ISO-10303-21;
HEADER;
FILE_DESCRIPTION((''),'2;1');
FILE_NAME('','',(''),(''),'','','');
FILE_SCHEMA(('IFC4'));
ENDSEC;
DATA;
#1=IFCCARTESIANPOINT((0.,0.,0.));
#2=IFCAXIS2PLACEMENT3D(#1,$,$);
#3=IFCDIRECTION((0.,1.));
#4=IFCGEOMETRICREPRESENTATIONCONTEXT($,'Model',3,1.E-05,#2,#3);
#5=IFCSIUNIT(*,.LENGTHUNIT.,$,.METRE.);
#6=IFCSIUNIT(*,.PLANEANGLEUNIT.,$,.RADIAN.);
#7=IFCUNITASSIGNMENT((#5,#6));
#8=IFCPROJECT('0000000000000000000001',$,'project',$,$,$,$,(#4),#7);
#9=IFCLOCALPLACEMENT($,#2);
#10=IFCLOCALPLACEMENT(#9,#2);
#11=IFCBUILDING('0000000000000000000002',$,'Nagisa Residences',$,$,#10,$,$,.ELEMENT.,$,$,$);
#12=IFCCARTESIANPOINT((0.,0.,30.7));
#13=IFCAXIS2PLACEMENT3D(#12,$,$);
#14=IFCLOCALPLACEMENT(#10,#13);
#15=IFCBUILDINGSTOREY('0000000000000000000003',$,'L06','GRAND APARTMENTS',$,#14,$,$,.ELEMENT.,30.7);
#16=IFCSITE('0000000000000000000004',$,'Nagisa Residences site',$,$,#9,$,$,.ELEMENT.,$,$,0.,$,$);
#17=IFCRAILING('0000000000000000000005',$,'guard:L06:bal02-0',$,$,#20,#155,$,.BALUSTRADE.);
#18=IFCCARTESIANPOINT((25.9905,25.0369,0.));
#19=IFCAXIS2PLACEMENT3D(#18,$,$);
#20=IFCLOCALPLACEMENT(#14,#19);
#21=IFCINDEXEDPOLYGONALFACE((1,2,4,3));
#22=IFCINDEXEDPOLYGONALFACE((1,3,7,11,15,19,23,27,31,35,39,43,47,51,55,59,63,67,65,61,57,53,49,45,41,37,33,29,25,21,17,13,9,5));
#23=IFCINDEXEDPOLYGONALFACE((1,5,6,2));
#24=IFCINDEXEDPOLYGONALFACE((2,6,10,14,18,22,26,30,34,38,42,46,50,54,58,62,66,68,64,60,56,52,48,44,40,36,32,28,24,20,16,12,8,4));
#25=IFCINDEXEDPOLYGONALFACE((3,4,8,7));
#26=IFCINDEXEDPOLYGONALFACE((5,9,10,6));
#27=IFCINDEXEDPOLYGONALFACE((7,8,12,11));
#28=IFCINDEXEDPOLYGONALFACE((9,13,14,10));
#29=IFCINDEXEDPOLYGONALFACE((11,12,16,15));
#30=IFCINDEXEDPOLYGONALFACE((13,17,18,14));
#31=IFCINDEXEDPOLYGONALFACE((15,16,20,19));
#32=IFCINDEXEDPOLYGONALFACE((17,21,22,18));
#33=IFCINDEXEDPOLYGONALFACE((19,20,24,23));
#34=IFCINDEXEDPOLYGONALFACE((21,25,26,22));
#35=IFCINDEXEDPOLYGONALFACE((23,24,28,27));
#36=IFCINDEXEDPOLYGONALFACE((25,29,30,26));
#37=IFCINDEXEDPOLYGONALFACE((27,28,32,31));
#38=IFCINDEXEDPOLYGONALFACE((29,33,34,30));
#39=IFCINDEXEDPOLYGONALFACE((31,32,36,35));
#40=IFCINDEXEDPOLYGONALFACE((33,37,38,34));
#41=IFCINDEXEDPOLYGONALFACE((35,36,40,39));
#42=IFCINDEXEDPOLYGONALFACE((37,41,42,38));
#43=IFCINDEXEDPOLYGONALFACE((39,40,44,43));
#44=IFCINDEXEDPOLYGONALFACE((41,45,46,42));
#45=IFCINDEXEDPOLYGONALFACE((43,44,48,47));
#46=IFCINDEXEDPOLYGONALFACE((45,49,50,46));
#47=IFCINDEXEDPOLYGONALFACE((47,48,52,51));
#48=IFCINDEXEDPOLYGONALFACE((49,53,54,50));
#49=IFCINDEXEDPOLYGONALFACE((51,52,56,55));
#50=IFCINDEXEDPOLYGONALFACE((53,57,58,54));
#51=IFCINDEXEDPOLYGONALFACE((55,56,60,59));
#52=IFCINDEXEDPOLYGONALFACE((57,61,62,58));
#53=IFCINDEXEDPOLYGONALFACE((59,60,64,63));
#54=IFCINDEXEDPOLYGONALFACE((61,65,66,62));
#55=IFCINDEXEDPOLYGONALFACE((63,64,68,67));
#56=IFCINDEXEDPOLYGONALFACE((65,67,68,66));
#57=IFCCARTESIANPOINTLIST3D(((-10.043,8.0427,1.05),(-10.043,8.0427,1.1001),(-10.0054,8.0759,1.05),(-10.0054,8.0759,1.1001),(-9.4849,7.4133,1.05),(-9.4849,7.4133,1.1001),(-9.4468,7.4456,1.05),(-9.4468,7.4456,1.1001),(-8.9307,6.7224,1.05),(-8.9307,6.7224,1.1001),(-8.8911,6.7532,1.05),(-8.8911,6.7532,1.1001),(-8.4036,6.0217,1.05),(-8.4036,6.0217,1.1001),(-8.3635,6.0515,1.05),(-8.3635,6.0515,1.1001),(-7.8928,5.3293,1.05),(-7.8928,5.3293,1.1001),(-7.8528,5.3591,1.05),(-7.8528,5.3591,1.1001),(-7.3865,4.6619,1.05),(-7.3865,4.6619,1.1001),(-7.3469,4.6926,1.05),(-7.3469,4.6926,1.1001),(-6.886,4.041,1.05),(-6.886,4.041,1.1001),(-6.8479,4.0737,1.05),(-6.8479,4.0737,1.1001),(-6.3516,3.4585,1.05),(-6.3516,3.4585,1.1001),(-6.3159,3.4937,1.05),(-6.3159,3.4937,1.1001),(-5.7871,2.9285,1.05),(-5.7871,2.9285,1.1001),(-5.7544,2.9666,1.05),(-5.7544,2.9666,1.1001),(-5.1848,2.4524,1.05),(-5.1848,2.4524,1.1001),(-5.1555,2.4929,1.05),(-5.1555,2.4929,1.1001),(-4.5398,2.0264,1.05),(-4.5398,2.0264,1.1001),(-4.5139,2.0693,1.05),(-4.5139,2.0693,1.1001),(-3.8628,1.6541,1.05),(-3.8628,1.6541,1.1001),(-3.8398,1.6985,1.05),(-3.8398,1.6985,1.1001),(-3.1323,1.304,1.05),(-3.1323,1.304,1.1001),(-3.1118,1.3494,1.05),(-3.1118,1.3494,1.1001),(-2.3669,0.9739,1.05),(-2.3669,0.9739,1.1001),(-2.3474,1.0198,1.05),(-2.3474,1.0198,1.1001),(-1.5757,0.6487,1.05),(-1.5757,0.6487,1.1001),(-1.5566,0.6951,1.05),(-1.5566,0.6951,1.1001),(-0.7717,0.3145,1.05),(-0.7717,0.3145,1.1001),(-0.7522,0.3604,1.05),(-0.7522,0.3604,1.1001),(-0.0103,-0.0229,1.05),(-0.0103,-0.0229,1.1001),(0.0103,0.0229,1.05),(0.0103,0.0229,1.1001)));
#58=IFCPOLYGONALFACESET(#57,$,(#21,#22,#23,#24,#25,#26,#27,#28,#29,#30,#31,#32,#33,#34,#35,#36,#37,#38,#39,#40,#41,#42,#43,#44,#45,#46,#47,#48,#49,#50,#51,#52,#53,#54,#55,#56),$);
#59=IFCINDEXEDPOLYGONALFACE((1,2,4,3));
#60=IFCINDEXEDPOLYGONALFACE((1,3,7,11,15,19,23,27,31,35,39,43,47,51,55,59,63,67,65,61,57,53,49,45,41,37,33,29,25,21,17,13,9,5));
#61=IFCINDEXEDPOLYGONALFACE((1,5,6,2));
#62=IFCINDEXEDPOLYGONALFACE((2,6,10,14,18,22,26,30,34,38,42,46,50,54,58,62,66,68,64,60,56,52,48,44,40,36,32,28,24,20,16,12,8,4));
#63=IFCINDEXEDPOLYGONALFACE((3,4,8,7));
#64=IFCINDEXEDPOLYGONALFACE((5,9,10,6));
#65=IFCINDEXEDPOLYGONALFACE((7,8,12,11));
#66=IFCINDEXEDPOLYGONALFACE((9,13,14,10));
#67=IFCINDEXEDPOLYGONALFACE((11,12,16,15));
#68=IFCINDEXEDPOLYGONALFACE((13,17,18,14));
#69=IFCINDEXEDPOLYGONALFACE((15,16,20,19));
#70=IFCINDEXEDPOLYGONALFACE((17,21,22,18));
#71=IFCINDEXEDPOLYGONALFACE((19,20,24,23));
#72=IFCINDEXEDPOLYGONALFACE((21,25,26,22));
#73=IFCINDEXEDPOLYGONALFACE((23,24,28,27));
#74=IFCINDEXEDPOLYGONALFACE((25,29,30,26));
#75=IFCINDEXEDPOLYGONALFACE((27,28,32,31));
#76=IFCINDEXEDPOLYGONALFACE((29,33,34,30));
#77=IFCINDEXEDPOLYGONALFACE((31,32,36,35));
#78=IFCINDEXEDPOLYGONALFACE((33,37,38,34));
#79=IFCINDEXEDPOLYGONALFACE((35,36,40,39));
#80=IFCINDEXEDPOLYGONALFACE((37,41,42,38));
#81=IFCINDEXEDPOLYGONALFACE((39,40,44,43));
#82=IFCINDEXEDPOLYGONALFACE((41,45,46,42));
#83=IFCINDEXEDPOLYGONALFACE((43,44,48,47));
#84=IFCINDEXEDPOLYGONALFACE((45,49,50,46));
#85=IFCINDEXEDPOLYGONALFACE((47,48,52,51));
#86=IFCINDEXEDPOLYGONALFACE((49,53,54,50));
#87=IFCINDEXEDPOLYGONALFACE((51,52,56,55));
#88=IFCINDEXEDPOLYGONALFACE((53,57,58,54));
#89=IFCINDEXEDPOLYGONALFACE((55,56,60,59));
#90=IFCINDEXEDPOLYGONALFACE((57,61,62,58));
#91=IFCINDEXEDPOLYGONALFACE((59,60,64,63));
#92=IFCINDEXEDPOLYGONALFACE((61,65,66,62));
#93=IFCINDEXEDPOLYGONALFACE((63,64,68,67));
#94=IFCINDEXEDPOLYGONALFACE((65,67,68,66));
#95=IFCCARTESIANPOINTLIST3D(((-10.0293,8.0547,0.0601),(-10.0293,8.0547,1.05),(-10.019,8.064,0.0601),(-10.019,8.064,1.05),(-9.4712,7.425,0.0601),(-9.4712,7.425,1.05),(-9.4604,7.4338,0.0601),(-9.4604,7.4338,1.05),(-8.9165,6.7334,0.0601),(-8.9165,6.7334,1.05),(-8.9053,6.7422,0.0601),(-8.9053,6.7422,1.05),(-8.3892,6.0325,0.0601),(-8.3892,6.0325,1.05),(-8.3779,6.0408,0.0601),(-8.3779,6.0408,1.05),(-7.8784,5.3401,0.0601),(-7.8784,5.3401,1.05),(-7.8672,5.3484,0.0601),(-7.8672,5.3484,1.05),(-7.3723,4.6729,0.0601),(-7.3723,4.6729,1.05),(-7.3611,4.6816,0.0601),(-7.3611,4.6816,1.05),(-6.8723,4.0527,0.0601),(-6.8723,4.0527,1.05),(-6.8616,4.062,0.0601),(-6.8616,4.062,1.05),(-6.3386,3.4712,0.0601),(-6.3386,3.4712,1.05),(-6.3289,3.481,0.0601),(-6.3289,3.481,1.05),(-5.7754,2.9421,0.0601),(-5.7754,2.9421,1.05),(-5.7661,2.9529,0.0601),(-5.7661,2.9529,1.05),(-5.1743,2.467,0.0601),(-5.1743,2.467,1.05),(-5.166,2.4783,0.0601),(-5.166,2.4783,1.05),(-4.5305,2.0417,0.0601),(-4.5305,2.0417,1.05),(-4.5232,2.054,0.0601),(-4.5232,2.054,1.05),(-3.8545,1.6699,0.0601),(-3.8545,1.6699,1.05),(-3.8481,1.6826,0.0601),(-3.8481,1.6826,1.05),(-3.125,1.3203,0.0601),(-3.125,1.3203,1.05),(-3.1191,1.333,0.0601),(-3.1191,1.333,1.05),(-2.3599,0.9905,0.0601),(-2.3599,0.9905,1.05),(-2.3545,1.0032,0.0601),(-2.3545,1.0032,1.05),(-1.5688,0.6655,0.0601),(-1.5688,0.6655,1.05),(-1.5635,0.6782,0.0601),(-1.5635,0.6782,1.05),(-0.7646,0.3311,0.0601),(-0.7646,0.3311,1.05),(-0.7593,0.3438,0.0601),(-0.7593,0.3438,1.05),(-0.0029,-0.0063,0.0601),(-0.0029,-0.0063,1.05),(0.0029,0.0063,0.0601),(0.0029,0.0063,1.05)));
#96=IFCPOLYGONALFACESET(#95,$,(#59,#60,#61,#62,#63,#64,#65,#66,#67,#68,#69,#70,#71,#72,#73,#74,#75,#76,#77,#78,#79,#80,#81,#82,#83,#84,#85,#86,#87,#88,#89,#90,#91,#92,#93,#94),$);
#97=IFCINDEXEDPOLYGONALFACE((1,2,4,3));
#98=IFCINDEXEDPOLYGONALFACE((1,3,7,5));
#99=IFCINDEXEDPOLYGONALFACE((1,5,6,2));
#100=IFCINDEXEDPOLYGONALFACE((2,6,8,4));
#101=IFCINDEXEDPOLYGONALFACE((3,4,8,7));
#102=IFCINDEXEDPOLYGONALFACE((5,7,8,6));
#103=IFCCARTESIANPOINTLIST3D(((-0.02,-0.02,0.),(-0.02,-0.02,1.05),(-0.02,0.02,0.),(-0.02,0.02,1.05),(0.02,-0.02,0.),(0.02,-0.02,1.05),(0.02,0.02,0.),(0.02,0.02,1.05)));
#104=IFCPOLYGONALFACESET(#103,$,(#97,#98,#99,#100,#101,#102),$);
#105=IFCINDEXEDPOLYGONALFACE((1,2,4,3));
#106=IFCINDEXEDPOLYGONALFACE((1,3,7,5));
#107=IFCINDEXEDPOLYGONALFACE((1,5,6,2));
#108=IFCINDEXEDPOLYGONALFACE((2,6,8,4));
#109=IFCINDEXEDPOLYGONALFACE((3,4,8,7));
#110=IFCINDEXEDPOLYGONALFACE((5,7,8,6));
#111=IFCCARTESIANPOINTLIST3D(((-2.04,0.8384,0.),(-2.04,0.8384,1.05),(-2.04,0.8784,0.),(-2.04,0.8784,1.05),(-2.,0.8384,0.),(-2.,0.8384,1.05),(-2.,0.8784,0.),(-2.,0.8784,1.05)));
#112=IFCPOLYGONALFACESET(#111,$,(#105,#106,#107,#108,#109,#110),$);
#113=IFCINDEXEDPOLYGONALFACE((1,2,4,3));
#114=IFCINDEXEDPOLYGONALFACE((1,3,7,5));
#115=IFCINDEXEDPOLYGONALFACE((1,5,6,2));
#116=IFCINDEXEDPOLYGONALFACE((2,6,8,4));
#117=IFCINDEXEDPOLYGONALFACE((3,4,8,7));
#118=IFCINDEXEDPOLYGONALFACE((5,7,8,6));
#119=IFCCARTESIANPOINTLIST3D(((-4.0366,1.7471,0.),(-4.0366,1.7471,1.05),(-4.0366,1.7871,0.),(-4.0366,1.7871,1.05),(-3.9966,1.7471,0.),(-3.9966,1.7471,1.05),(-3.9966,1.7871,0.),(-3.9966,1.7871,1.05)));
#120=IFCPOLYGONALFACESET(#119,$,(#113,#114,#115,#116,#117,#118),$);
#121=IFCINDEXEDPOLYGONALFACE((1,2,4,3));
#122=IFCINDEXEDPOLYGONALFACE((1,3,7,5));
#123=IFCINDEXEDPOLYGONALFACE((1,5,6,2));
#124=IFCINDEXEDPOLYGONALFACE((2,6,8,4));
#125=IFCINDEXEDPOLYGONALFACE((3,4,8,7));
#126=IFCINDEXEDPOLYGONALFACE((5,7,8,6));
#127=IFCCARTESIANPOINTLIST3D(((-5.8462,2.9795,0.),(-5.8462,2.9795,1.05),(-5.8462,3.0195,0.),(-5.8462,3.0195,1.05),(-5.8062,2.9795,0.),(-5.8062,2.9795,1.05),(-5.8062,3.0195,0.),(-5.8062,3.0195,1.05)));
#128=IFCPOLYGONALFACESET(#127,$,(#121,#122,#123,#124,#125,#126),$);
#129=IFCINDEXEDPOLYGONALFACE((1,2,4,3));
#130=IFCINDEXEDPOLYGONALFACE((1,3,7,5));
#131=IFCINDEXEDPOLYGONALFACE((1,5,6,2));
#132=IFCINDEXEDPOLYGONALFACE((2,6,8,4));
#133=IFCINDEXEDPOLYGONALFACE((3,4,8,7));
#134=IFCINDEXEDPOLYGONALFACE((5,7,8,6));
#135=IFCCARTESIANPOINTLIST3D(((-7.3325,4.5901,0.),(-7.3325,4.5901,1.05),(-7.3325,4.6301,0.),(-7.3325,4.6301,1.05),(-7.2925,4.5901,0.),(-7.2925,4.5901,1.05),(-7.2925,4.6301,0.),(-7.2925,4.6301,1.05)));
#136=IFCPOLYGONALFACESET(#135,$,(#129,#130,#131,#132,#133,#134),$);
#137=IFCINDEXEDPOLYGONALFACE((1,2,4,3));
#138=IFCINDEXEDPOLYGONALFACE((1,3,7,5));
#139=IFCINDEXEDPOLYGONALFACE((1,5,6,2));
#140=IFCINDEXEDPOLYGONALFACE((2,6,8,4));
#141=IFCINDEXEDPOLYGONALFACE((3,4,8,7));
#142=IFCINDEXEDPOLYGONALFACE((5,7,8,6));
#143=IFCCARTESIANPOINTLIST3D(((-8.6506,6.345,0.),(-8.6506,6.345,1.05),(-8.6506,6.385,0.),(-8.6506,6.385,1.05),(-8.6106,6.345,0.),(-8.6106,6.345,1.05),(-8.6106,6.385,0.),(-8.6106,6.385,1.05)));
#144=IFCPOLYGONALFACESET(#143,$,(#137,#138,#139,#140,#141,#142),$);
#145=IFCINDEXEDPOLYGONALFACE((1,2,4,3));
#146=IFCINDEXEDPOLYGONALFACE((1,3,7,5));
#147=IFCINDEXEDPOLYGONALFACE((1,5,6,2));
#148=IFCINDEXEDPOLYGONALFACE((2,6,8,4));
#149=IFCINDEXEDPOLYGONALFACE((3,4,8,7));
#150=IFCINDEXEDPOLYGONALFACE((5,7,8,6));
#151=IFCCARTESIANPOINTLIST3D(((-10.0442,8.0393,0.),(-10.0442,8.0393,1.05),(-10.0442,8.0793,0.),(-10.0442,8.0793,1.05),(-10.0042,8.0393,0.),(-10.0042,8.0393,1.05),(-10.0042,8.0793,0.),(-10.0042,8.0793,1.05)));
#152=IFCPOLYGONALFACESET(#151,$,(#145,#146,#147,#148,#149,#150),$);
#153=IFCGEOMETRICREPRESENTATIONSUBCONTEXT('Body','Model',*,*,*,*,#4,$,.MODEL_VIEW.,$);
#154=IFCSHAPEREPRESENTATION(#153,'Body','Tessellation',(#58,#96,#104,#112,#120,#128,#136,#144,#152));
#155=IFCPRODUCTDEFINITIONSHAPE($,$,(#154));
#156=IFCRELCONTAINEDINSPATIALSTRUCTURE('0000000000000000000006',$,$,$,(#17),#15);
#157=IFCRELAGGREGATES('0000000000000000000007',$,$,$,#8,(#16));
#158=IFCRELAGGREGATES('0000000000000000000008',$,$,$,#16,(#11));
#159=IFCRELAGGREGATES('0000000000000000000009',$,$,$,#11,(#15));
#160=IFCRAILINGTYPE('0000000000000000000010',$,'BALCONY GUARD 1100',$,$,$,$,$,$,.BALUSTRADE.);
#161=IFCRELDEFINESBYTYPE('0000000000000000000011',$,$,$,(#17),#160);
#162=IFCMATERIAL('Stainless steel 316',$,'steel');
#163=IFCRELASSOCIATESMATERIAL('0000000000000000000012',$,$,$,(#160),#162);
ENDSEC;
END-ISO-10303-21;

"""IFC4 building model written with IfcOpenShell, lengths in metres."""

from ifc_helpers import new_model, si_unit, direction, frame, origin, origin_2d, place, context, subcontext, project, spatial, polyline, rectangle, outline, extrude, material, type_object, element, save


model = new_model("IFC4")

# Units and contexts
model_context = context("Model", 3, precision=1e-05, world=origin(), true_north=direction((0.0, 1.0)))
body_context = subcontext(model_context, "Body", "Model", "MODEL_VIEW")
ifc_project = project(units=[si_unit("LENGTHUNIT", "METRE"), si_unit("PLANEANGLEUNIT", "RADIAN")], contexts=[model_context])

# Site, building, storey
site_placement = place(None, origin())
site = spatial("IfcSite", under=ifc_project, at=site_placement, Name="Nagisa Residences site", CompositionType="ELEMENT", RefElevation=0.0)
building_placement = place(site_placement, origin())
building = spatial("IfcBuilding", under=site, at=building_placement, Name="Nagisa Residences", CompositionType="ELEMENT")
storey_placement = place(building_placement, frame((0.0, 0.0, 30.7)))
storey = spatial("IfcBuildingStorey", under=building, at=storey_placement, Name="L06", Description="GRAND APARTMENTS", CompositionType="ELEMENT", Elevation=30.7)

# Railing
ifc_material_1 = material(Name="Stainless steel 316", Category="steel")
railing_type = type_object("IfcRailingType", Name="BALCONY GUARD 1100", PredefinedType="BALUSTRADE", material=ifc_material_1)
railing_1_placement = place(storey_placement, frame((25.9905, 25.0369, 0.0)))
element("IfcRailing", 1, at=railing_1_placement, inside=storey, type_object=railing_type, Name="guard:L06:bal02-0", PredefinedType="BALUSTRADE", context=body_context, shape_type="SweptSolid", body=[
    extrude(outline(polyline([(-0.7717, 0.3145), (-0.0103, -0.0229), (0.0103, 0.0229), (-0.7522, 0.3604), (-1.5566, 0.6951), (-2.3474, 1.0198), (-3.1118, 1.3494), (-3.8398, 1.6985), (-4.5139, 2.0693), (-5.1555, 2.4929), (-5.7544, 2.9666), (-6.3159, 3.4937), (-6.8479, 4.0737), (-7.3469, 4.6926), (-7.8528, 5.3591), (-8.3635, 6.0515), (-8.8911, 6.7532), (-9.4468, 7.4456), (-10.0054, 8.0759), (-10.043, 8.0427), (-9.4849, 7.4133), (-8.9307, 6.7224), (-8.4036, 6.0217), (-7.8928, 5.3293), (-7.3865, 4.6619), (-6.886, 4.041), (-6.3516, 3.4585), (-5.7871, 2.9285), (-5.1848, 2.4524), (-4.5398, 2.0264), (-3.8628, 1.6541), (-3.1323, 1.304), (-2.3669, 0.9739), (-1.5757, 0.6487), (-0.7717, 0.3145)])), frame((0.0, 0.0, 1.05)), (0.0, 0.0, 1.0), 0.05),
    extrude(outline(polyline([(-0.7646, 0.3311), (-0.0029, -0.0063), (0.0029, 0.0063), (-0.7593, 0.3438), (-1.5635, 0.6782), (-2.3545, 1.0032), (-3.1191, 1.333), (-3.8481, 1.6826), (-4.5232, 2.054), (-5.166, 2.4783), (-5.7661, 2.9529), (-6.3289, 3.481), (-6.8616, 4.062), (-7.3611, 4.6816), (-7.8672, 5.3484), (-8.3779, 6.0408), (-8.9053, 6.7422), (-9.4604, 7.4338), (-10.019, 8.064), (-10.0293, 8.0547), (-9.4712, 7.425), (-8.9165, 6.7334), (-8.3892, 6.0325), (-7.8784, 5.3401), (-7.3723, 4.6729), (-6.8723, 4.0527), (-6.3386, 3.4712), (-5.7754, 2.9421), (-5.1743, 2.467), (-4.5305, 2.0417), (-3.8545, 1.6699), (-3.125, 1.3203), (-2.3599, 0.9905), (-1.5688, 0.6655), (-0.7646, 0.3311)])), frame((0.0, 0.0, 0.0601)), (0.0, 0.0, 1.0), 0.99),
    extrude(rectangle(XDim=0.04, YDim=0.04, at=origin_2d()), origin(), (0.0, 0.0, 1.0), 1.05),
    extrude(rectangle(XDim=0.04, YDim=0.04, at=origin_2d()), frame((-2.02, 0.8584, 0.0)), (0.0, 0.0, 1.0), 1.05),
    extrude(rectangle(XDim=0.04, YDim=0.04, at=origin_2d()), frame((-4.0166, 1.7671, 0.0)), (0.0, 0.0, 1.0), 1.05),
    extrude(rectangle(XDim=0.04, YDim=0.04, at=origin_2d()), frame((-5.8262, 2.9995, 0.0)), (0.0, 0.0, 1.0), 1.05),
    extrude(rectangle(XDim=0.04, YDim=0.04, at=origin_2d()), frame((-7.3125, 4.6101, 0.0)), (0.0, 0.0, 1.0), 1.05),
    extrude(rectangle(XDim=0.04, YDim=0.04, at=origin_2d()), frame((-8.6306, 6.365, 0.0)), (0.0, 0.0, 1.0), 1.05),
    extrude(rectangle(XDim=0.04, YDim=0.04, at=origin_2d()), frame((-10.0242, 8.0593, 0.0)), (0.0, 0.0, 1.0), 1.05),
])

save(model, "model.ifc")
